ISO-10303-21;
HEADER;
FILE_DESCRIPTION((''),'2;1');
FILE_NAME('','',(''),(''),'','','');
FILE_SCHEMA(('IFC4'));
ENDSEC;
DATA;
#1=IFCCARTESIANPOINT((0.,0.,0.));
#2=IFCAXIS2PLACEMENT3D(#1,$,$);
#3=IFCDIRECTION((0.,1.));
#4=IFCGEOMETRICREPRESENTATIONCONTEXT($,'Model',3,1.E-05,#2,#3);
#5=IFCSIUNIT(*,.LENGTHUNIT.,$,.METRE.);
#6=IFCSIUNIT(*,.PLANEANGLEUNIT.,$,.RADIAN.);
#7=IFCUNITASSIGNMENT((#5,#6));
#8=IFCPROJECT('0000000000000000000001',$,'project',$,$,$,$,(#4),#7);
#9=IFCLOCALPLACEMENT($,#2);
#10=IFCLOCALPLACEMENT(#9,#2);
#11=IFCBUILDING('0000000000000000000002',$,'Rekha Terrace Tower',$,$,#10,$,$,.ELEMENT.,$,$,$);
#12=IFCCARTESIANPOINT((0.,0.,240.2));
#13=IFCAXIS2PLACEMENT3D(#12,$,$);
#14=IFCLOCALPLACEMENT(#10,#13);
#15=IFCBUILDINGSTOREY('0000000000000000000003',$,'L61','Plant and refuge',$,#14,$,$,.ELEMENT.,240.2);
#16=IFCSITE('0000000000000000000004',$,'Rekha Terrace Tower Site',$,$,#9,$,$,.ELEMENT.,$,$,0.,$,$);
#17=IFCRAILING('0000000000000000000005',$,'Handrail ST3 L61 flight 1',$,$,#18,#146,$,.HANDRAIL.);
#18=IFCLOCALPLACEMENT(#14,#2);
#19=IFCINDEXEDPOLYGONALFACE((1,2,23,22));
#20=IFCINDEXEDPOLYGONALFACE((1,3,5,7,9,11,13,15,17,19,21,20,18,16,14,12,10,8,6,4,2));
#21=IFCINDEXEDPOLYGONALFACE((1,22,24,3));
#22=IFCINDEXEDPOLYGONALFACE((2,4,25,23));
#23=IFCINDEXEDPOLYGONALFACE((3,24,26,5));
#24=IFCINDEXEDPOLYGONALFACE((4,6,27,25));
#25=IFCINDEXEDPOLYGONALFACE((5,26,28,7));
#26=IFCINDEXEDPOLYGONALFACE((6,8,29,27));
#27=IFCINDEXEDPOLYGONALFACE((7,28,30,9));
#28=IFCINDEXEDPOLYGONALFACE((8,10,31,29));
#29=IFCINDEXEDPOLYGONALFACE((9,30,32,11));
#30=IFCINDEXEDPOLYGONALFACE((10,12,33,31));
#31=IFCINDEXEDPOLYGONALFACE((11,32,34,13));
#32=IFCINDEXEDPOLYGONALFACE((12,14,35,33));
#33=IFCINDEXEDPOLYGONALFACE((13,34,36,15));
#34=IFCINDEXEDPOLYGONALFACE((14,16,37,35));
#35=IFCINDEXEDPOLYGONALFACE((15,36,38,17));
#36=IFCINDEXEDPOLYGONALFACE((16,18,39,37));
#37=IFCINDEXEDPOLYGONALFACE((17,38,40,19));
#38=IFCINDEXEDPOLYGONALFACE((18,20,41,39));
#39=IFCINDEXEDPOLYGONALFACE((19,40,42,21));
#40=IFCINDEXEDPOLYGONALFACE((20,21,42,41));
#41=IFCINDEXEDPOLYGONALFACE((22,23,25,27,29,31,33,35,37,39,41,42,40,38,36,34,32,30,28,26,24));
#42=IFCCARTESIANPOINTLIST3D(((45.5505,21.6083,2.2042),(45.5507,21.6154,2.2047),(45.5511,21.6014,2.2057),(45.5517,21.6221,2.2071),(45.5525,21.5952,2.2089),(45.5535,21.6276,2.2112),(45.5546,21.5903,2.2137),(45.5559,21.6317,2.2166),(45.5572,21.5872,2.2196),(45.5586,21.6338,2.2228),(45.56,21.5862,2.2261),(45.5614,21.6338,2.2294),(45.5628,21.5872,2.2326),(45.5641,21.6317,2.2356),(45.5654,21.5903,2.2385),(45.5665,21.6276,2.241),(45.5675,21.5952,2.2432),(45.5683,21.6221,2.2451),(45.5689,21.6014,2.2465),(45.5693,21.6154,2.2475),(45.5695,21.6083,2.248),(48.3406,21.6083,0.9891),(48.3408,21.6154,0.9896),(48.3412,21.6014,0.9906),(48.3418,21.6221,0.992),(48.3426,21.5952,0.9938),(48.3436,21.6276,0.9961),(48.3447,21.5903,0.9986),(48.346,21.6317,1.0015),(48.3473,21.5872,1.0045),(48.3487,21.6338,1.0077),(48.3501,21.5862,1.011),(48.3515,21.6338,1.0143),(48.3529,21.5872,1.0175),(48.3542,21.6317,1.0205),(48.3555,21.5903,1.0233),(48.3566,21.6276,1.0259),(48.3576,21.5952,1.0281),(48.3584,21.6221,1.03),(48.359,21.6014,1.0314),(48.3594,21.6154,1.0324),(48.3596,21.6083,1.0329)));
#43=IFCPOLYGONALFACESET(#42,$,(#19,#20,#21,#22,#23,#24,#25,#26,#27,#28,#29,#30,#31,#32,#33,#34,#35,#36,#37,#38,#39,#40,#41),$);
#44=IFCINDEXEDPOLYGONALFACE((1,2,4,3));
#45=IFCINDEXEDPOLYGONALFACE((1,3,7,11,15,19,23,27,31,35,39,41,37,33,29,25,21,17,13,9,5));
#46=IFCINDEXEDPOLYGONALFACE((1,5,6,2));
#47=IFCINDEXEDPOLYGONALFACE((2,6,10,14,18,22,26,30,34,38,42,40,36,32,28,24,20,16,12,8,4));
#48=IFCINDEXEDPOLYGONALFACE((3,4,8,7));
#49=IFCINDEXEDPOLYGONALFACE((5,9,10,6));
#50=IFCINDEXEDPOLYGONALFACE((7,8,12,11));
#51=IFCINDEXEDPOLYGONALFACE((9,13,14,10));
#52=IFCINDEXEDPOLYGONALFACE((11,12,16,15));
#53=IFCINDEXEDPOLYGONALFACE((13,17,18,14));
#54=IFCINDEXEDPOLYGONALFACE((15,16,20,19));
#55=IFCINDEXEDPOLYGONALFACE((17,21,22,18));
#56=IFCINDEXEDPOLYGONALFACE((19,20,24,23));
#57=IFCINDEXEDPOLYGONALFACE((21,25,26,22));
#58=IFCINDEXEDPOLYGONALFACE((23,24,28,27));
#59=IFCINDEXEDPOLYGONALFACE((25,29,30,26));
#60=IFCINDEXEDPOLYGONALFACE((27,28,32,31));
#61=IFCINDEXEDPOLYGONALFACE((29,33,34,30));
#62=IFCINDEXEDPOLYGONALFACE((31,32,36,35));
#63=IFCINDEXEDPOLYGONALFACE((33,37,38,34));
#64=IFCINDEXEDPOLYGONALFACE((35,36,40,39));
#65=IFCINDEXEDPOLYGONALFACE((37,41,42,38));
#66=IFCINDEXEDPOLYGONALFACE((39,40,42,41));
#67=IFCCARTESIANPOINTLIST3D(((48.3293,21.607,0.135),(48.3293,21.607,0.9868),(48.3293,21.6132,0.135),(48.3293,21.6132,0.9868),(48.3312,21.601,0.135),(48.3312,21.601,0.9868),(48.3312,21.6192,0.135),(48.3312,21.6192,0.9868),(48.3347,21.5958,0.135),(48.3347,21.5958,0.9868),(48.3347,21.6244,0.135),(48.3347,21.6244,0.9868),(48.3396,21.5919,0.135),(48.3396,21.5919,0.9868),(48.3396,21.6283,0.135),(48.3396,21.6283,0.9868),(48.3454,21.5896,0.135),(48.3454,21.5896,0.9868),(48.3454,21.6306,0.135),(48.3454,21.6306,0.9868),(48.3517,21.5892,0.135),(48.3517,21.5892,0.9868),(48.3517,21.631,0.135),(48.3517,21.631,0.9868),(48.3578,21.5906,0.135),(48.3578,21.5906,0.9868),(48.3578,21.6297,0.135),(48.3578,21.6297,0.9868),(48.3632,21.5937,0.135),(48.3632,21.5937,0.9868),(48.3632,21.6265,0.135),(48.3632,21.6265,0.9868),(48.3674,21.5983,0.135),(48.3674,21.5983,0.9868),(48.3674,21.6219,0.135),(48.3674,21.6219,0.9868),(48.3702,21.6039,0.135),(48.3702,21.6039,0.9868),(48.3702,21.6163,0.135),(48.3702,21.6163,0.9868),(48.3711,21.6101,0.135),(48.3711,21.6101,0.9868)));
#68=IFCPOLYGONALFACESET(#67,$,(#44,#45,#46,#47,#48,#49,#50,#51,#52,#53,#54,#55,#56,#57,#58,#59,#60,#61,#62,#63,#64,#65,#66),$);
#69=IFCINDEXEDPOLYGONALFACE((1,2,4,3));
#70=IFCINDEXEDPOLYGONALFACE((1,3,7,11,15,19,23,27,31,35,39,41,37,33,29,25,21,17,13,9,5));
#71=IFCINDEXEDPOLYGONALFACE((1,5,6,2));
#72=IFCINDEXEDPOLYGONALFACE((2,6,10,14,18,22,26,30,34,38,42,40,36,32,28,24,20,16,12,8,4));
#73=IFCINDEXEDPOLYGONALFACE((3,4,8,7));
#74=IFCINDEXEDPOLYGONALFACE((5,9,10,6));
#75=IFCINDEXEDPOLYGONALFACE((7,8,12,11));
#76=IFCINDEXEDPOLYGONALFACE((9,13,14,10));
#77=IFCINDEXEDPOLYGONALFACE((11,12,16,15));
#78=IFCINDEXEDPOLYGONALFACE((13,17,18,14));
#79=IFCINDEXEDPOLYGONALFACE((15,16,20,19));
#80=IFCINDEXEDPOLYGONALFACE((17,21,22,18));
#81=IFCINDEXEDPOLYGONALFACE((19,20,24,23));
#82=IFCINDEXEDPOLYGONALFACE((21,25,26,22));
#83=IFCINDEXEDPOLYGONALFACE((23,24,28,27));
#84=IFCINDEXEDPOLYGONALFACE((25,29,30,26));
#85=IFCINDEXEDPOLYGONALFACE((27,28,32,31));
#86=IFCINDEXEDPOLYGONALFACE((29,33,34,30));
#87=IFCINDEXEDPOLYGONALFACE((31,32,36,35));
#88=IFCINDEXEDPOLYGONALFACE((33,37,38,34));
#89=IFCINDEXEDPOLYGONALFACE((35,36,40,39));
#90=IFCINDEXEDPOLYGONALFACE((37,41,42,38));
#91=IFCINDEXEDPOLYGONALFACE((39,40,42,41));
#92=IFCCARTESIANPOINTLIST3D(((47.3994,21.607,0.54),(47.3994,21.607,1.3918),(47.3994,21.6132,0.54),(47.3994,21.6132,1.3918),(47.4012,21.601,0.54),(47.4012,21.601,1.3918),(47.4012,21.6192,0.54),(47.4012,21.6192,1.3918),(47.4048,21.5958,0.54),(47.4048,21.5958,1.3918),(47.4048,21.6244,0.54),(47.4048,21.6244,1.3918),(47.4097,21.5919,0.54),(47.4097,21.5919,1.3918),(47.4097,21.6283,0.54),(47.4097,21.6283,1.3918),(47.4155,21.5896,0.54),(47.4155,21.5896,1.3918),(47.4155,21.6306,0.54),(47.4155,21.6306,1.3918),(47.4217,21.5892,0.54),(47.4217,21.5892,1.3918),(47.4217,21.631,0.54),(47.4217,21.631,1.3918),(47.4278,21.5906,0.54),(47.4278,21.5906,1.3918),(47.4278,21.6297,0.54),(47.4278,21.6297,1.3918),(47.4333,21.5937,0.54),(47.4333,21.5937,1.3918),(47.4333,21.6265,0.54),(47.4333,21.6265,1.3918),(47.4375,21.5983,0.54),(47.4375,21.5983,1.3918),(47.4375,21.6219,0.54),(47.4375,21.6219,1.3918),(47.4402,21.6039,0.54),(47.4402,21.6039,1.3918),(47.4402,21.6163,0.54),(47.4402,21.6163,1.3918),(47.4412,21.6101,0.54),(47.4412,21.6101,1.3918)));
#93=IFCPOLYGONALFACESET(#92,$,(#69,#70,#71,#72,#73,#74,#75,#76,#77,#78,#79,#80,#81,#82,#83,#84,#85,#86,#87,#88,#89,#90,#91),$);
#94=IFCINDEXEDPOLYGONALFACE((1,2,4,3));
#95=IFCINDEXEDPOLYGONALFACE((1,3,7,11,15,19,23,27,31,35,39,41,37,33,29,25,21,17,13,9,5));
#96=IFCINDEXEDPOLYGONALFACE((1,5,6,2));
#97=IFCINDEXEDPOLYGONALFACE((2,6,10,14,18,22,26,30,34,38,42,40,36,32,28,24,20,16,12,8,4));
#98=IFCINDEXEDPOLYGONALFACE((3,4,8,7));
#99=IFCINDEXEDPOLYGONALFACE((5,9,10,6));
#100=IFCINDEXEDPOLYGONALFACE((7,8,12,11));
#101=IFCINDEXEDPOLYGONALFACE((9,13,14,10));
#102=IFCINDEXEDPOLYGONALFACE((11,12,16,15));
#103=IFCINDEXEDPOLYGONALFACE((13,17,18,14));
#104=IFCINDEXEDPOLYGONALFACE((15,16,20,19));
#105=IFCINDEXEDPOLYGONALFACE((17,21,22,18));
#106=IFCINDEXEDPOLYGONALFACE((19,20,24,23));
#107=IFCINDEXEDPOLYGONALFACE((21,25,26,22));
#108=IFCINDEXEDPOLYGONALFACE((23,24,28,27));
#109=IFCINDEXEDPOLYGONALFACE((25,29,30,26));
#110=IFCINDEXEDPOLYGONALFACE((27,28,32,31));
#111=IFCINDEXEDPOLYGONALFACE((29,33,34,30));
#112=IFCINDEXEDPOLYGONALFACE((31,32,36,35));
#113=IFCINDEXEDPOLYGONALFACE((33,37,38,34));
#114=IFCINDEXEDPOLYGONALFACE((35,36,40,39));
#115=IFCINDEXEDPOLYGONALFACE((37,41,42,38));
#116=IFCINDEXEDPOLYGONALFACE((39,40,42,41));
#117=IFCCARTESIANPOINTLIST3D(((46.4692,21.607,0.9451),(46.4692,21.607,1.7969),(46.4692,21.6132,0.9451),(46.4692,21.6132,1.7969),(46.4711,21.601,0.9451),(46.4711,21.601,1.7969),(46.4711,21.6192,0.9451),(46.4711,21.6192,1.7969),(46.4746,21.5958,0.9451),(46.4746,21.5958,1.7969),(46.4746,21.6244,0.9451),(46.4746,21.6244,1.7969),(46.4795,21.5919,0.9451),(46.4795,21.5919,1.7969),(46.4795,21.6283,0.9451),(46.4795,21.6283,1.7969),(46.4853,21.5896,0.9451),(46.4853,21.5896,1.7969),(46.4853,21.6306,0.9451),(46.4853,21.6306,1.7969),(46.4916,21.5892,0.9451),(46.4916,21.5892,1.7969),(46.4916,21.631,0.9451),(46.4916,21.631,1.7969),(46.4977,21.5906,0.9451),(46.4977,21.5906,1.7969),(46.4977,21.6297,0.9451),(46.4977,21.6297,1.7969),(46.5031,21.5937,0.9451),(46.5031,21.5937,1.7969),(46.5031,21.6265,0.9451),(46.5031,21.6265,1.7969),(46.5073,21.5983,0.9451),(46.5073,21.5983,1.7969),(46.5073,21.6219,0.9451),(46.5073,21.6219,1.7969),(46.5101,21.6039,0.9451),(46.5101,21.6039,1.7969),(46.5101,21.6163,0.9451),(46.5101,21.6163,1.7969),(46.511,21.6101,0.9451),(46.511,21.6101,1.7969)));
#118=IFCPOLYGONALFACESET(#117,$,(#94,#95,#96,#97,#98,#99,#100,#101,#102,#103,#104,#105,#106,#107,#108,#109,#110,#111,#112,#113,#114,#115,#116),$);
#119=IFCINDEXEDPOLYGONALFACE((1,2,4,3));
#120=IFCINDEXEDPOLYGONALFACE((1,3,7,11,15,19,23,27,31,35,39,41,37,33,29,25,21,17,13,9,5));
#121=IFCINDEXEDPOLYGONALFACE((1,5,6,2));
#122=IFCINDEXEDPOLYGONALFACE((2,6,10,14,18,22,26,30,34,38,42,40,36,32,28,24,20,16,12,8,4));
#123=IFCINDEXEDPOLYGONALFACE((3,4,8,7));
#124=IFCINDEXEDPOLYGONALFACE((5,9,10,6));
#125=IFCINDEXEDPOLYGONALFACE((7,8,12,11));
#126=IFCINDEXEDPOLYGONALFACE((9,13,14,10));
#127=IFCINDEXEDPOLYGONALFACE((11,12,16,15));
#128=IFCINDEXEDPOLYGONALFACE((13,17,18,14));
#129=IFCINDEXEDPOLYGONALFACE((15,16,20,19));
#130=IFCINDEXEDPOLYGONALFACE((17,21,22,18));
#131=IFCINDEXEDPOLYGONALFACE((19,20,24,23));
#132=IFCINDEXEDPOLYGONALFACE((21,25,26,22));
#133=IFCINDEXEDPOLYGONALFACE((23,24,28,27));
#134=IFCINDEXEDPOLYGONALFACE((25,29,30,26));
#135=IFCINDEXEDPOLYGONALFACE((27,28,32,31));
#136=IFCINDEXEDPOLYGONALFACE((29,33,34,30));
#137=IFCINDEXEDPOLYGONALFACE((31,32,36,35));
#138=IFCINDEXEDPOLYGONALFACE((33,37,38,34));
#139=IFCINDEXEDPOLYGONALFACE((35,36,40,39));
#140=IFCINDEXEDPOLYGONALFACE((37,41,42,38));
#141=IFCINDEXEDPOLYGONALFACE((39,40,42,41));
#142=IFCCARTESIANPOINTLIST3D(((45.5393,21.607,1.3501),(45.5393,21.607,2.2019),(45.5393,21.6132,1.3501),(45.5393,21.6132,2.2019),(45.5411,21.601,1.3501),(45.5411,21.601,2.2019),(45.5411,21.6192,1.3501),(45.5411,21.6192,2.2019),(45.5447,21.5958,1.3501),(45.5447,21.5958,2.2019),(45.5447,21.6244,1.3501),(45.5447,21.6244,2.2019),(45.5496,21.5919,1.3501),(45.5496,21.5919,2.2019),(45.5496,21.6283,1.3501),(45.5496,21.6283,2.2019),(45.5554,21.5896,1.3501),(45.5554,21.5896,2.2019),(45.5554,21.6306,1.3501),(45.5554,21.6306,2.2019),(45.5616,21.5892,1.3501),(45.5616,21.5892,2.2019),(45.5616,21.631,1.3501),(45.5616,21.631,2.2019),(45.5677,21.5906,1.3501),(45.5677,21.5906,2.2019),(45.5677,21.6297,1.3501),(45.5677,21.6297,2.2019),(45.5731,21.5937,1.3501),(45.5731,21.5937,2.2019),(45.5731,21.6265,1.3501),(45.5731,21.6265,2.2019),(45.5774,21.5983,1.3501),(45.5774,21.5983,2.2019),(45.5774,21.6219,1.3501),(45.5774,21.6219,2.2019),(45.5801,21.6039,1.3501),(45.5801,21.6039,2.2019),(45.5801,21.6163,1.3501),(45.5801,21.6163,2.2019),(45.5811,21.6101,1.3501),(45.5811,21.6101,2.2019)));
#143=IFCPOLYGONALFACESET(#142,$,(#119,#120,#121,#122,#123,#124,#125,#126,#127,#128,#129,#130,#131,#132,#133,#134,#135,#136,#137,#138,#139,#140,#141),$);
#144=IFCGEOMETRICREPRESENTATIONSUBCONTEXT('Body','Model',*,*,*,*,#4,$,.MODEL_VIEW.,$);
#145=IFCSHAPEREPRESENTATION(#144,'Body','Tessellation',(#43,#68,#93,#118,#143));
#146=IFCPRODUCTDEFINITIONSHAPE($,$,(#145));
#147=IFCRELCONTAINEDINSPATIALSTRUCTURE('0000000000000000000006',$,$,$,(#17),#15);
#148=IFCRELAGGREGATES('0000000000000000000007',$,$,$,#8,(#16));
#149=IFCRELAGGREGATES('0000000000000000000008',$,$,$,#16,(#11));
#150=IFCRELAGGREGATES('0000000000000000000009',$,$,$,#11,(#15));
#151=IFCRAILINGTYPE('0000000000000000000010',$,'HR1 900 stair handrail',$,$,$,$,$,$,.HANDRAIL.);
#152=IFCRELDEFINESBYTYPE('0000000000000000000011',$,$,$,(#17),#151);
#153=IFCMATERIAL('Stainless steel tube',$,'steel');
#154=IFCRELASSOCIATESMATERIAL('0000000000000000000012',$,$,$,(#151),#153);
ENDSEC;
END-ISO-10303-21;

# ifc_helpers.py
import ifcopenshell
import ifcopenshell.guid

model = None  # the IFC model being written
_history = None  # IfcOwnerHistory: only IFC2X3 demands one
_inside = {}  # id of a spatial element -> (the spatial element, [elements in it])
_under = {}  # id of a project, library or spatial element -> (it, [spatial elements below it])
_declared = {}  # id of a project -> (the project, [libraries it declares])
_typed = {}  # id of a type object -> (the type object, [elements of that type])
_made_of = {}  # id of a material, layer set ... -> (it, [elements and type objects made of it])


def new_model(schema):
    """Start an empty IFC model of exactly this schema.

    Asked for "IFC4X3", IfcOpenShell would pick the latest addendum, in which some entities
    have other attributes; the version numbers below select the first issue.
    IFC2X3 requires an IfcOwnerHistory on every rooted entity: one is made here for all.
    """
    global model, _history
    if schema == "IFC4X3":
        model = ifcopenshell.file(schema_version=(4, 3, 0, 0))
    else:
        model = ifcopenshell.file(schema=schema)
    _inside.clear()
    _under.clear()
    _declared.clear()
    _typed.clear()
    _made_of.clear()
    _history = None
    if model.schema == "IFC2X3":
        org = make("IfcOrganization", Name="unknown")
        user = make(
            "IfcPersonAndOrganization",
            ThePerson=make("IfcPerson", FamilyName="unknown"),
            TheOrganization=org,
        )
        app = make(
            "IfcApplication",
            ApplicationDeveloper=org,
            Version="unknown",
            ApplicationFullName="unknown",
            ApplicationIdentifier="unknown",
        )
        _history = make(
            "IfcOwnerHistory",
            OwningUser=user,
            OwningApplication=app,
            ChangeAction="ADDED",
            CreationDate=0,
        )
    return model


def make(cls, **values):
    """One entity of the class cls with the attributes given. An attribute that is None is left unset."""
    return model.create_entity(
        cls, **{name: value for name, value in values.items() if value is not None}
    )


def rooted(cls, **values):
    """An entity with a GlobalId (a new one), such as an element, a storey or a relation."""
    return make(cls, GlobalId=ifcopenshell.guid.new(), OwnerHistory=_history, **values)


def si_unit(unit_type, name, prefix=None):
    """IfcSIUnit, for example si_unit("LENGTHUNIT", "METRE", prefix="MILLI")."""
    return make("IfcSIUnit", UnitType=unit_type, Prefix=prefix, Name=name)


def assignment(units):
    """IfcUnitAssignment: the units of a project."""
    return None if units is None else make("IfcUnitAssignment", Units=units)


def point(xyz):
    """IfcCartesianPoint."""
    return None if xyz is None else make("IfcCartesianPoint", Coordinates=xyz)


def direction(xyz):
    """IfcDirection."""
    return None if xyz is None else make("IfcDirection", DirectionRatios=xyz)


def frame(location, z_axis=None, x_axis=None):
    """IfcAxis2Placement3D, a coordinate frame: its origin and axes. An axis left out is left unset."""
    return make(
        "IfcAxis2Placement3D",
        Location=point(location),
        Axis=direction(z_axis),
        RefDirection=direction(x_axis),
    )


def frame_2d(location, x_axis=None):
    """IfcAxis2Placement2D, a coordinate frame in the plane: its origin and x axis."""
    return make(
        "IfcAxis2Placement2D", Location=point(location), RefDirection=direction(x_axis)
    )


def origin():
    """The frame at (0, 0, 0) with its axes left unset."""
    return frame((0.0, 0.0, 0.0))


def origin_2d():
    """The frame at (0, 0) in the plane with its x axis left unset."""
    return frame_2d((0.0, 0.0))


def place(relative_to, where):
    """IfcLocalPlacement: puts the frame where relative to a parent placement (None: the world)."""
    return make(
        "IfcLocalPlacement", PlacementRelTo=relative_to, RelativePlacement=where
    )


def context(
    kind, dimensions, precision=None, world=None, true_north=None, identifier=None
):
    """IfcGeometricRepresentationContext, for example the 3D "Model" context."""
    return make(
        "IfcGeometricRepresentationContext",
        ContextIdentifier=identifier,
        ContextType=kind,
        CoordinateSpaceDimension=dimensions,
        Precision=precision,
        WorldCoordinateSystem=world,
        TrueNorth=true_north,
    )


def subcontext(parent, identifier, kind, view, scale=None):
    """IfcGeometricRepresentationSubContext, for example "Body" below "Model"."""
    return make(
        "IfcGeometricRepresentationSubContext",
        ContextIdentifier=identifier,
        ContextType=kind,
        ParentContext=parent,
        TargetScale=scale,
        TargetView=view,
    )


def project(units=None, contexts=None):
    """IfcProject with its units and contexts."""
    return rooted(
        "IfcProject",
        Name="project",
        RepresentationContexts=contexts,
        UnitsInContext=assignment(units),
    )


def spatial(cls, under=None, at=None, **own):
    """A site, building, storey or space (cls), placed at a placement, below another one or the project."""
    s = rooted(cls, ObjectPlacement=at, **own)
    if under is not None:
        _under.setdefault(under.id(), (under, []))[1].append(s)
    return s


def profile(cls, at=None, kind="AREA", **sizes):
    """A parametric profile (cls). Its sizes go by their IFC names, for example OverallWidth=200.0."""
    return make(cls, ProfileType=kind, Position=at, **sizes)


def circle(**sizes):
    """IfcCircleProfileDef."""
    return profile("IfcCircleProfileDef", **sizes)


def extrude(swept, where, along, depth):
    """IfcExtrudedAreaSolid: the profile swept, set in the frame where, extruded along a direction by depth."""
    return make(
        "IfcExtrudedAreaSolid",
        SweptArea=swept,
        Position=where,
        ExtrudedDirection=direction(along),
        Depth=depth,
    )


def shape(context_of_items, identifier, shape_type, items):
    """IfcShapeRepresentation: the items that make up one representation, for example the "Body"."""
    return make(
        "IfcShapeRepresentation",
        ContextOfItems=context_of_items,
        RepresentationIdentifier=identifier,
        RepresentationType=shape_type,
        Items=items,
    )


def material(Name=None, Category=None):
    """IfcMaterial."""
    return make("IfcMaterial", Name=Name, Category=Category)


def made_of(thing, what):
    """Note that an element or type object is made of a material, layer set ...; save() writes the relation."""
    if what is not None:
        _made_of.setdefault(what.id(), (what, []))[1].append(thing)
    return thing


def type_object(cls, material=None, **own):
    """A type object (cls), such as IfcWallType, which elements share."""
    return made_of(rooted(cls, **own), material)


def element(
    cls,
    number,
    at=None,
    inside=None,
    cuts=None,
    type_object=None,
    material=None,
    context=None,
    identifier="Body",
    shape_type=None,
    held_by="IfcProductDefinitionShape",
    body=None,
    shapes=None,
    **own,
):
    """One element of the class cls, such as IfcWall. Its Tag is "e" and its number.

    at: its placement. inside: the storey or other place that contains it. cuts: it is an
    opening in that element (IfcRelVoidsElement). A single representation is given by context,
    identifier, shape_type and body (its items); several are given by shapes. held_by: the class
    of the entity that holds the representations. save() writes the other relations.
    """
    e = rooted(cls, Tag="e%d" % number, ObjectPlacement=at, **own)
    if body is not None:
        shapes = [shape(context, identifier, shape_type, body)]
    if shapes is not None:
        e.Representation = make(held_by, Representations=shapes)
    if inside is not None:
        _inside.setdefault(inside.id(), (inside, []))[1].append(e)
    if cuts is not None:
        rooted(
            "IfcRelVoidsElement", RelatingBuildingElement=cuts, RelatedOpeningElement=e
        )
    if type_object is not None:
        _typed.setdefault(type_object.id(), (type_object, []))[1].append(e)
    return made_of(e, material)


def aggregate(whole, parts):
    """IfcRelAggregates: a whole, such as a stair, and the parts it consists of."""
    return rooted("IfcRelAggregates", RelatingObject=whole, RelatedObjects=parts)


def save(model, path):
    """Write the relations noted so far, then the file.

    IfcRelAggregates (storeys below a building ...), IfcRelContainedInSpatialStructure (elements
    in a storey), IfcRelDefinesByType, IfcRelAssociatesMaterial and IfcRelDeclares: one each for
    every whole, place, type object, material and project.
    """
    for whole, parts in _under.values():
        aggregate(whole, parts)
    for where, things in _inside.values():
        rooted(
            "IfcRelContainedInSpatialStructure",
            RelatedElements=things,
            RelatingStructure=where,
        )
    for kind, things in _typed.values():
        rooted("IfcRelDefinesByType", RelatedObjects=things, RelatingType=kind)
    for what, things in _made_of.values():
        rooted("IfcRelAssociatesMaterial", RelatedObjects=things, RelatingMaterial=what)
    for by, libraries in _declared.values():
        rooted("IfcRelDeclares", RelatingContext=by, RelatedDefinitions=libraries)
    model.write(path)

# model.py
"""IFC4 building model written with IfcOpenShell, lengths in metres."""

from ifc_helpers import new_model, si_unit, direction, frame, origin, origin_2d, place, context, subcontext, project, spatial, circle, extrude, material, type_object, element, save


model = new_model("IFC4")

# Units and contexts
model_context = context("Model", 3, precision=1e-05, world=origin(), true_north=direction((0.0, 1.0)))
body_context = subcontext(model_context, "Body", "Model", "MODEL_VIEW")
ifc_project = project(units=[si_unit("LENGTHUNIT", "METRE"), si_unit("PLANEANGLEUNIT", "RADIAN")], contexts=[model_context])

# Site, building, storey
site_placement = place(None, origin())
site = spatial("IfcSite", under=ifc_project, at=site_placement, Name="Rekha Terrace Tower Site", CompositionType="ELEMENT", RefElevation=0.0)
building_placement = place(site_placement, origin())
building = spatial("IfcBuilding", under=site, at=building_placement, Name="Rekha Terrace Tower", CompositionType="ELEMENT")
storey_placement = place(building_placement, frame((0.0, 0.0, 240.2)))
storey = spatial("IfcBuildingStorey", under=building, at=storey_placement, Name="L61", Description="Plant and refuge", CompositionType="ELEMENT", Elevation=240.2)

# Railing
ifc_material_1 = material(Name="Stainless steel tube", Category="steel")
railing_type = type_object("IfcRailingType", Name="HR1 900 stair handrail", PredefinedType="HANDRAIL", material=ifc_material_1)
railing_placement = place(storey_placement, frame((48.3501, 21.6101, 0.135)))
element("IfcRailing", 1, at=railing_placement, inside=storey, type_object=railing_type, Name="Handrail ST3 L61 flight 1", PredefinedType="HANDRAIL", context=body_context, shape_type="SweptSolid", body=[
    extrude(circle(Radius=0.0239, at=origin_2d()), frame((0.0, 0.0, 0.876), z_axis=(-0.916826, 0.0, 0.399286), x_axis=(0.0, -1.0, 0.0)), (0.0, 0.0, 1.0), 3.0432),
    extrude(circle(Radius=0.021, at=origin_2d()), origin(), (0.0, 0.0, 1.0), 0.8518),
    extrude(circle(Radius=0.021, at=origin_2d()), frame((-0.9299, 0.0, 0.405)), (0.0, 0.0, 1.0), 0.8518),
    extrude(circle(Radius=0.021, at=origin_2d()), frame((-1.8601, 0.0, 0.8101)), (0.0, 0.0, 1.0), 0.8518),
    extrude(circle(Radius=0.021, at=origin_2d()), frame((-2.79, 0.0, 1.2151)), (0.0, 0.0, 1.0), 0.8518),
])

save(model, "model.ifc")
